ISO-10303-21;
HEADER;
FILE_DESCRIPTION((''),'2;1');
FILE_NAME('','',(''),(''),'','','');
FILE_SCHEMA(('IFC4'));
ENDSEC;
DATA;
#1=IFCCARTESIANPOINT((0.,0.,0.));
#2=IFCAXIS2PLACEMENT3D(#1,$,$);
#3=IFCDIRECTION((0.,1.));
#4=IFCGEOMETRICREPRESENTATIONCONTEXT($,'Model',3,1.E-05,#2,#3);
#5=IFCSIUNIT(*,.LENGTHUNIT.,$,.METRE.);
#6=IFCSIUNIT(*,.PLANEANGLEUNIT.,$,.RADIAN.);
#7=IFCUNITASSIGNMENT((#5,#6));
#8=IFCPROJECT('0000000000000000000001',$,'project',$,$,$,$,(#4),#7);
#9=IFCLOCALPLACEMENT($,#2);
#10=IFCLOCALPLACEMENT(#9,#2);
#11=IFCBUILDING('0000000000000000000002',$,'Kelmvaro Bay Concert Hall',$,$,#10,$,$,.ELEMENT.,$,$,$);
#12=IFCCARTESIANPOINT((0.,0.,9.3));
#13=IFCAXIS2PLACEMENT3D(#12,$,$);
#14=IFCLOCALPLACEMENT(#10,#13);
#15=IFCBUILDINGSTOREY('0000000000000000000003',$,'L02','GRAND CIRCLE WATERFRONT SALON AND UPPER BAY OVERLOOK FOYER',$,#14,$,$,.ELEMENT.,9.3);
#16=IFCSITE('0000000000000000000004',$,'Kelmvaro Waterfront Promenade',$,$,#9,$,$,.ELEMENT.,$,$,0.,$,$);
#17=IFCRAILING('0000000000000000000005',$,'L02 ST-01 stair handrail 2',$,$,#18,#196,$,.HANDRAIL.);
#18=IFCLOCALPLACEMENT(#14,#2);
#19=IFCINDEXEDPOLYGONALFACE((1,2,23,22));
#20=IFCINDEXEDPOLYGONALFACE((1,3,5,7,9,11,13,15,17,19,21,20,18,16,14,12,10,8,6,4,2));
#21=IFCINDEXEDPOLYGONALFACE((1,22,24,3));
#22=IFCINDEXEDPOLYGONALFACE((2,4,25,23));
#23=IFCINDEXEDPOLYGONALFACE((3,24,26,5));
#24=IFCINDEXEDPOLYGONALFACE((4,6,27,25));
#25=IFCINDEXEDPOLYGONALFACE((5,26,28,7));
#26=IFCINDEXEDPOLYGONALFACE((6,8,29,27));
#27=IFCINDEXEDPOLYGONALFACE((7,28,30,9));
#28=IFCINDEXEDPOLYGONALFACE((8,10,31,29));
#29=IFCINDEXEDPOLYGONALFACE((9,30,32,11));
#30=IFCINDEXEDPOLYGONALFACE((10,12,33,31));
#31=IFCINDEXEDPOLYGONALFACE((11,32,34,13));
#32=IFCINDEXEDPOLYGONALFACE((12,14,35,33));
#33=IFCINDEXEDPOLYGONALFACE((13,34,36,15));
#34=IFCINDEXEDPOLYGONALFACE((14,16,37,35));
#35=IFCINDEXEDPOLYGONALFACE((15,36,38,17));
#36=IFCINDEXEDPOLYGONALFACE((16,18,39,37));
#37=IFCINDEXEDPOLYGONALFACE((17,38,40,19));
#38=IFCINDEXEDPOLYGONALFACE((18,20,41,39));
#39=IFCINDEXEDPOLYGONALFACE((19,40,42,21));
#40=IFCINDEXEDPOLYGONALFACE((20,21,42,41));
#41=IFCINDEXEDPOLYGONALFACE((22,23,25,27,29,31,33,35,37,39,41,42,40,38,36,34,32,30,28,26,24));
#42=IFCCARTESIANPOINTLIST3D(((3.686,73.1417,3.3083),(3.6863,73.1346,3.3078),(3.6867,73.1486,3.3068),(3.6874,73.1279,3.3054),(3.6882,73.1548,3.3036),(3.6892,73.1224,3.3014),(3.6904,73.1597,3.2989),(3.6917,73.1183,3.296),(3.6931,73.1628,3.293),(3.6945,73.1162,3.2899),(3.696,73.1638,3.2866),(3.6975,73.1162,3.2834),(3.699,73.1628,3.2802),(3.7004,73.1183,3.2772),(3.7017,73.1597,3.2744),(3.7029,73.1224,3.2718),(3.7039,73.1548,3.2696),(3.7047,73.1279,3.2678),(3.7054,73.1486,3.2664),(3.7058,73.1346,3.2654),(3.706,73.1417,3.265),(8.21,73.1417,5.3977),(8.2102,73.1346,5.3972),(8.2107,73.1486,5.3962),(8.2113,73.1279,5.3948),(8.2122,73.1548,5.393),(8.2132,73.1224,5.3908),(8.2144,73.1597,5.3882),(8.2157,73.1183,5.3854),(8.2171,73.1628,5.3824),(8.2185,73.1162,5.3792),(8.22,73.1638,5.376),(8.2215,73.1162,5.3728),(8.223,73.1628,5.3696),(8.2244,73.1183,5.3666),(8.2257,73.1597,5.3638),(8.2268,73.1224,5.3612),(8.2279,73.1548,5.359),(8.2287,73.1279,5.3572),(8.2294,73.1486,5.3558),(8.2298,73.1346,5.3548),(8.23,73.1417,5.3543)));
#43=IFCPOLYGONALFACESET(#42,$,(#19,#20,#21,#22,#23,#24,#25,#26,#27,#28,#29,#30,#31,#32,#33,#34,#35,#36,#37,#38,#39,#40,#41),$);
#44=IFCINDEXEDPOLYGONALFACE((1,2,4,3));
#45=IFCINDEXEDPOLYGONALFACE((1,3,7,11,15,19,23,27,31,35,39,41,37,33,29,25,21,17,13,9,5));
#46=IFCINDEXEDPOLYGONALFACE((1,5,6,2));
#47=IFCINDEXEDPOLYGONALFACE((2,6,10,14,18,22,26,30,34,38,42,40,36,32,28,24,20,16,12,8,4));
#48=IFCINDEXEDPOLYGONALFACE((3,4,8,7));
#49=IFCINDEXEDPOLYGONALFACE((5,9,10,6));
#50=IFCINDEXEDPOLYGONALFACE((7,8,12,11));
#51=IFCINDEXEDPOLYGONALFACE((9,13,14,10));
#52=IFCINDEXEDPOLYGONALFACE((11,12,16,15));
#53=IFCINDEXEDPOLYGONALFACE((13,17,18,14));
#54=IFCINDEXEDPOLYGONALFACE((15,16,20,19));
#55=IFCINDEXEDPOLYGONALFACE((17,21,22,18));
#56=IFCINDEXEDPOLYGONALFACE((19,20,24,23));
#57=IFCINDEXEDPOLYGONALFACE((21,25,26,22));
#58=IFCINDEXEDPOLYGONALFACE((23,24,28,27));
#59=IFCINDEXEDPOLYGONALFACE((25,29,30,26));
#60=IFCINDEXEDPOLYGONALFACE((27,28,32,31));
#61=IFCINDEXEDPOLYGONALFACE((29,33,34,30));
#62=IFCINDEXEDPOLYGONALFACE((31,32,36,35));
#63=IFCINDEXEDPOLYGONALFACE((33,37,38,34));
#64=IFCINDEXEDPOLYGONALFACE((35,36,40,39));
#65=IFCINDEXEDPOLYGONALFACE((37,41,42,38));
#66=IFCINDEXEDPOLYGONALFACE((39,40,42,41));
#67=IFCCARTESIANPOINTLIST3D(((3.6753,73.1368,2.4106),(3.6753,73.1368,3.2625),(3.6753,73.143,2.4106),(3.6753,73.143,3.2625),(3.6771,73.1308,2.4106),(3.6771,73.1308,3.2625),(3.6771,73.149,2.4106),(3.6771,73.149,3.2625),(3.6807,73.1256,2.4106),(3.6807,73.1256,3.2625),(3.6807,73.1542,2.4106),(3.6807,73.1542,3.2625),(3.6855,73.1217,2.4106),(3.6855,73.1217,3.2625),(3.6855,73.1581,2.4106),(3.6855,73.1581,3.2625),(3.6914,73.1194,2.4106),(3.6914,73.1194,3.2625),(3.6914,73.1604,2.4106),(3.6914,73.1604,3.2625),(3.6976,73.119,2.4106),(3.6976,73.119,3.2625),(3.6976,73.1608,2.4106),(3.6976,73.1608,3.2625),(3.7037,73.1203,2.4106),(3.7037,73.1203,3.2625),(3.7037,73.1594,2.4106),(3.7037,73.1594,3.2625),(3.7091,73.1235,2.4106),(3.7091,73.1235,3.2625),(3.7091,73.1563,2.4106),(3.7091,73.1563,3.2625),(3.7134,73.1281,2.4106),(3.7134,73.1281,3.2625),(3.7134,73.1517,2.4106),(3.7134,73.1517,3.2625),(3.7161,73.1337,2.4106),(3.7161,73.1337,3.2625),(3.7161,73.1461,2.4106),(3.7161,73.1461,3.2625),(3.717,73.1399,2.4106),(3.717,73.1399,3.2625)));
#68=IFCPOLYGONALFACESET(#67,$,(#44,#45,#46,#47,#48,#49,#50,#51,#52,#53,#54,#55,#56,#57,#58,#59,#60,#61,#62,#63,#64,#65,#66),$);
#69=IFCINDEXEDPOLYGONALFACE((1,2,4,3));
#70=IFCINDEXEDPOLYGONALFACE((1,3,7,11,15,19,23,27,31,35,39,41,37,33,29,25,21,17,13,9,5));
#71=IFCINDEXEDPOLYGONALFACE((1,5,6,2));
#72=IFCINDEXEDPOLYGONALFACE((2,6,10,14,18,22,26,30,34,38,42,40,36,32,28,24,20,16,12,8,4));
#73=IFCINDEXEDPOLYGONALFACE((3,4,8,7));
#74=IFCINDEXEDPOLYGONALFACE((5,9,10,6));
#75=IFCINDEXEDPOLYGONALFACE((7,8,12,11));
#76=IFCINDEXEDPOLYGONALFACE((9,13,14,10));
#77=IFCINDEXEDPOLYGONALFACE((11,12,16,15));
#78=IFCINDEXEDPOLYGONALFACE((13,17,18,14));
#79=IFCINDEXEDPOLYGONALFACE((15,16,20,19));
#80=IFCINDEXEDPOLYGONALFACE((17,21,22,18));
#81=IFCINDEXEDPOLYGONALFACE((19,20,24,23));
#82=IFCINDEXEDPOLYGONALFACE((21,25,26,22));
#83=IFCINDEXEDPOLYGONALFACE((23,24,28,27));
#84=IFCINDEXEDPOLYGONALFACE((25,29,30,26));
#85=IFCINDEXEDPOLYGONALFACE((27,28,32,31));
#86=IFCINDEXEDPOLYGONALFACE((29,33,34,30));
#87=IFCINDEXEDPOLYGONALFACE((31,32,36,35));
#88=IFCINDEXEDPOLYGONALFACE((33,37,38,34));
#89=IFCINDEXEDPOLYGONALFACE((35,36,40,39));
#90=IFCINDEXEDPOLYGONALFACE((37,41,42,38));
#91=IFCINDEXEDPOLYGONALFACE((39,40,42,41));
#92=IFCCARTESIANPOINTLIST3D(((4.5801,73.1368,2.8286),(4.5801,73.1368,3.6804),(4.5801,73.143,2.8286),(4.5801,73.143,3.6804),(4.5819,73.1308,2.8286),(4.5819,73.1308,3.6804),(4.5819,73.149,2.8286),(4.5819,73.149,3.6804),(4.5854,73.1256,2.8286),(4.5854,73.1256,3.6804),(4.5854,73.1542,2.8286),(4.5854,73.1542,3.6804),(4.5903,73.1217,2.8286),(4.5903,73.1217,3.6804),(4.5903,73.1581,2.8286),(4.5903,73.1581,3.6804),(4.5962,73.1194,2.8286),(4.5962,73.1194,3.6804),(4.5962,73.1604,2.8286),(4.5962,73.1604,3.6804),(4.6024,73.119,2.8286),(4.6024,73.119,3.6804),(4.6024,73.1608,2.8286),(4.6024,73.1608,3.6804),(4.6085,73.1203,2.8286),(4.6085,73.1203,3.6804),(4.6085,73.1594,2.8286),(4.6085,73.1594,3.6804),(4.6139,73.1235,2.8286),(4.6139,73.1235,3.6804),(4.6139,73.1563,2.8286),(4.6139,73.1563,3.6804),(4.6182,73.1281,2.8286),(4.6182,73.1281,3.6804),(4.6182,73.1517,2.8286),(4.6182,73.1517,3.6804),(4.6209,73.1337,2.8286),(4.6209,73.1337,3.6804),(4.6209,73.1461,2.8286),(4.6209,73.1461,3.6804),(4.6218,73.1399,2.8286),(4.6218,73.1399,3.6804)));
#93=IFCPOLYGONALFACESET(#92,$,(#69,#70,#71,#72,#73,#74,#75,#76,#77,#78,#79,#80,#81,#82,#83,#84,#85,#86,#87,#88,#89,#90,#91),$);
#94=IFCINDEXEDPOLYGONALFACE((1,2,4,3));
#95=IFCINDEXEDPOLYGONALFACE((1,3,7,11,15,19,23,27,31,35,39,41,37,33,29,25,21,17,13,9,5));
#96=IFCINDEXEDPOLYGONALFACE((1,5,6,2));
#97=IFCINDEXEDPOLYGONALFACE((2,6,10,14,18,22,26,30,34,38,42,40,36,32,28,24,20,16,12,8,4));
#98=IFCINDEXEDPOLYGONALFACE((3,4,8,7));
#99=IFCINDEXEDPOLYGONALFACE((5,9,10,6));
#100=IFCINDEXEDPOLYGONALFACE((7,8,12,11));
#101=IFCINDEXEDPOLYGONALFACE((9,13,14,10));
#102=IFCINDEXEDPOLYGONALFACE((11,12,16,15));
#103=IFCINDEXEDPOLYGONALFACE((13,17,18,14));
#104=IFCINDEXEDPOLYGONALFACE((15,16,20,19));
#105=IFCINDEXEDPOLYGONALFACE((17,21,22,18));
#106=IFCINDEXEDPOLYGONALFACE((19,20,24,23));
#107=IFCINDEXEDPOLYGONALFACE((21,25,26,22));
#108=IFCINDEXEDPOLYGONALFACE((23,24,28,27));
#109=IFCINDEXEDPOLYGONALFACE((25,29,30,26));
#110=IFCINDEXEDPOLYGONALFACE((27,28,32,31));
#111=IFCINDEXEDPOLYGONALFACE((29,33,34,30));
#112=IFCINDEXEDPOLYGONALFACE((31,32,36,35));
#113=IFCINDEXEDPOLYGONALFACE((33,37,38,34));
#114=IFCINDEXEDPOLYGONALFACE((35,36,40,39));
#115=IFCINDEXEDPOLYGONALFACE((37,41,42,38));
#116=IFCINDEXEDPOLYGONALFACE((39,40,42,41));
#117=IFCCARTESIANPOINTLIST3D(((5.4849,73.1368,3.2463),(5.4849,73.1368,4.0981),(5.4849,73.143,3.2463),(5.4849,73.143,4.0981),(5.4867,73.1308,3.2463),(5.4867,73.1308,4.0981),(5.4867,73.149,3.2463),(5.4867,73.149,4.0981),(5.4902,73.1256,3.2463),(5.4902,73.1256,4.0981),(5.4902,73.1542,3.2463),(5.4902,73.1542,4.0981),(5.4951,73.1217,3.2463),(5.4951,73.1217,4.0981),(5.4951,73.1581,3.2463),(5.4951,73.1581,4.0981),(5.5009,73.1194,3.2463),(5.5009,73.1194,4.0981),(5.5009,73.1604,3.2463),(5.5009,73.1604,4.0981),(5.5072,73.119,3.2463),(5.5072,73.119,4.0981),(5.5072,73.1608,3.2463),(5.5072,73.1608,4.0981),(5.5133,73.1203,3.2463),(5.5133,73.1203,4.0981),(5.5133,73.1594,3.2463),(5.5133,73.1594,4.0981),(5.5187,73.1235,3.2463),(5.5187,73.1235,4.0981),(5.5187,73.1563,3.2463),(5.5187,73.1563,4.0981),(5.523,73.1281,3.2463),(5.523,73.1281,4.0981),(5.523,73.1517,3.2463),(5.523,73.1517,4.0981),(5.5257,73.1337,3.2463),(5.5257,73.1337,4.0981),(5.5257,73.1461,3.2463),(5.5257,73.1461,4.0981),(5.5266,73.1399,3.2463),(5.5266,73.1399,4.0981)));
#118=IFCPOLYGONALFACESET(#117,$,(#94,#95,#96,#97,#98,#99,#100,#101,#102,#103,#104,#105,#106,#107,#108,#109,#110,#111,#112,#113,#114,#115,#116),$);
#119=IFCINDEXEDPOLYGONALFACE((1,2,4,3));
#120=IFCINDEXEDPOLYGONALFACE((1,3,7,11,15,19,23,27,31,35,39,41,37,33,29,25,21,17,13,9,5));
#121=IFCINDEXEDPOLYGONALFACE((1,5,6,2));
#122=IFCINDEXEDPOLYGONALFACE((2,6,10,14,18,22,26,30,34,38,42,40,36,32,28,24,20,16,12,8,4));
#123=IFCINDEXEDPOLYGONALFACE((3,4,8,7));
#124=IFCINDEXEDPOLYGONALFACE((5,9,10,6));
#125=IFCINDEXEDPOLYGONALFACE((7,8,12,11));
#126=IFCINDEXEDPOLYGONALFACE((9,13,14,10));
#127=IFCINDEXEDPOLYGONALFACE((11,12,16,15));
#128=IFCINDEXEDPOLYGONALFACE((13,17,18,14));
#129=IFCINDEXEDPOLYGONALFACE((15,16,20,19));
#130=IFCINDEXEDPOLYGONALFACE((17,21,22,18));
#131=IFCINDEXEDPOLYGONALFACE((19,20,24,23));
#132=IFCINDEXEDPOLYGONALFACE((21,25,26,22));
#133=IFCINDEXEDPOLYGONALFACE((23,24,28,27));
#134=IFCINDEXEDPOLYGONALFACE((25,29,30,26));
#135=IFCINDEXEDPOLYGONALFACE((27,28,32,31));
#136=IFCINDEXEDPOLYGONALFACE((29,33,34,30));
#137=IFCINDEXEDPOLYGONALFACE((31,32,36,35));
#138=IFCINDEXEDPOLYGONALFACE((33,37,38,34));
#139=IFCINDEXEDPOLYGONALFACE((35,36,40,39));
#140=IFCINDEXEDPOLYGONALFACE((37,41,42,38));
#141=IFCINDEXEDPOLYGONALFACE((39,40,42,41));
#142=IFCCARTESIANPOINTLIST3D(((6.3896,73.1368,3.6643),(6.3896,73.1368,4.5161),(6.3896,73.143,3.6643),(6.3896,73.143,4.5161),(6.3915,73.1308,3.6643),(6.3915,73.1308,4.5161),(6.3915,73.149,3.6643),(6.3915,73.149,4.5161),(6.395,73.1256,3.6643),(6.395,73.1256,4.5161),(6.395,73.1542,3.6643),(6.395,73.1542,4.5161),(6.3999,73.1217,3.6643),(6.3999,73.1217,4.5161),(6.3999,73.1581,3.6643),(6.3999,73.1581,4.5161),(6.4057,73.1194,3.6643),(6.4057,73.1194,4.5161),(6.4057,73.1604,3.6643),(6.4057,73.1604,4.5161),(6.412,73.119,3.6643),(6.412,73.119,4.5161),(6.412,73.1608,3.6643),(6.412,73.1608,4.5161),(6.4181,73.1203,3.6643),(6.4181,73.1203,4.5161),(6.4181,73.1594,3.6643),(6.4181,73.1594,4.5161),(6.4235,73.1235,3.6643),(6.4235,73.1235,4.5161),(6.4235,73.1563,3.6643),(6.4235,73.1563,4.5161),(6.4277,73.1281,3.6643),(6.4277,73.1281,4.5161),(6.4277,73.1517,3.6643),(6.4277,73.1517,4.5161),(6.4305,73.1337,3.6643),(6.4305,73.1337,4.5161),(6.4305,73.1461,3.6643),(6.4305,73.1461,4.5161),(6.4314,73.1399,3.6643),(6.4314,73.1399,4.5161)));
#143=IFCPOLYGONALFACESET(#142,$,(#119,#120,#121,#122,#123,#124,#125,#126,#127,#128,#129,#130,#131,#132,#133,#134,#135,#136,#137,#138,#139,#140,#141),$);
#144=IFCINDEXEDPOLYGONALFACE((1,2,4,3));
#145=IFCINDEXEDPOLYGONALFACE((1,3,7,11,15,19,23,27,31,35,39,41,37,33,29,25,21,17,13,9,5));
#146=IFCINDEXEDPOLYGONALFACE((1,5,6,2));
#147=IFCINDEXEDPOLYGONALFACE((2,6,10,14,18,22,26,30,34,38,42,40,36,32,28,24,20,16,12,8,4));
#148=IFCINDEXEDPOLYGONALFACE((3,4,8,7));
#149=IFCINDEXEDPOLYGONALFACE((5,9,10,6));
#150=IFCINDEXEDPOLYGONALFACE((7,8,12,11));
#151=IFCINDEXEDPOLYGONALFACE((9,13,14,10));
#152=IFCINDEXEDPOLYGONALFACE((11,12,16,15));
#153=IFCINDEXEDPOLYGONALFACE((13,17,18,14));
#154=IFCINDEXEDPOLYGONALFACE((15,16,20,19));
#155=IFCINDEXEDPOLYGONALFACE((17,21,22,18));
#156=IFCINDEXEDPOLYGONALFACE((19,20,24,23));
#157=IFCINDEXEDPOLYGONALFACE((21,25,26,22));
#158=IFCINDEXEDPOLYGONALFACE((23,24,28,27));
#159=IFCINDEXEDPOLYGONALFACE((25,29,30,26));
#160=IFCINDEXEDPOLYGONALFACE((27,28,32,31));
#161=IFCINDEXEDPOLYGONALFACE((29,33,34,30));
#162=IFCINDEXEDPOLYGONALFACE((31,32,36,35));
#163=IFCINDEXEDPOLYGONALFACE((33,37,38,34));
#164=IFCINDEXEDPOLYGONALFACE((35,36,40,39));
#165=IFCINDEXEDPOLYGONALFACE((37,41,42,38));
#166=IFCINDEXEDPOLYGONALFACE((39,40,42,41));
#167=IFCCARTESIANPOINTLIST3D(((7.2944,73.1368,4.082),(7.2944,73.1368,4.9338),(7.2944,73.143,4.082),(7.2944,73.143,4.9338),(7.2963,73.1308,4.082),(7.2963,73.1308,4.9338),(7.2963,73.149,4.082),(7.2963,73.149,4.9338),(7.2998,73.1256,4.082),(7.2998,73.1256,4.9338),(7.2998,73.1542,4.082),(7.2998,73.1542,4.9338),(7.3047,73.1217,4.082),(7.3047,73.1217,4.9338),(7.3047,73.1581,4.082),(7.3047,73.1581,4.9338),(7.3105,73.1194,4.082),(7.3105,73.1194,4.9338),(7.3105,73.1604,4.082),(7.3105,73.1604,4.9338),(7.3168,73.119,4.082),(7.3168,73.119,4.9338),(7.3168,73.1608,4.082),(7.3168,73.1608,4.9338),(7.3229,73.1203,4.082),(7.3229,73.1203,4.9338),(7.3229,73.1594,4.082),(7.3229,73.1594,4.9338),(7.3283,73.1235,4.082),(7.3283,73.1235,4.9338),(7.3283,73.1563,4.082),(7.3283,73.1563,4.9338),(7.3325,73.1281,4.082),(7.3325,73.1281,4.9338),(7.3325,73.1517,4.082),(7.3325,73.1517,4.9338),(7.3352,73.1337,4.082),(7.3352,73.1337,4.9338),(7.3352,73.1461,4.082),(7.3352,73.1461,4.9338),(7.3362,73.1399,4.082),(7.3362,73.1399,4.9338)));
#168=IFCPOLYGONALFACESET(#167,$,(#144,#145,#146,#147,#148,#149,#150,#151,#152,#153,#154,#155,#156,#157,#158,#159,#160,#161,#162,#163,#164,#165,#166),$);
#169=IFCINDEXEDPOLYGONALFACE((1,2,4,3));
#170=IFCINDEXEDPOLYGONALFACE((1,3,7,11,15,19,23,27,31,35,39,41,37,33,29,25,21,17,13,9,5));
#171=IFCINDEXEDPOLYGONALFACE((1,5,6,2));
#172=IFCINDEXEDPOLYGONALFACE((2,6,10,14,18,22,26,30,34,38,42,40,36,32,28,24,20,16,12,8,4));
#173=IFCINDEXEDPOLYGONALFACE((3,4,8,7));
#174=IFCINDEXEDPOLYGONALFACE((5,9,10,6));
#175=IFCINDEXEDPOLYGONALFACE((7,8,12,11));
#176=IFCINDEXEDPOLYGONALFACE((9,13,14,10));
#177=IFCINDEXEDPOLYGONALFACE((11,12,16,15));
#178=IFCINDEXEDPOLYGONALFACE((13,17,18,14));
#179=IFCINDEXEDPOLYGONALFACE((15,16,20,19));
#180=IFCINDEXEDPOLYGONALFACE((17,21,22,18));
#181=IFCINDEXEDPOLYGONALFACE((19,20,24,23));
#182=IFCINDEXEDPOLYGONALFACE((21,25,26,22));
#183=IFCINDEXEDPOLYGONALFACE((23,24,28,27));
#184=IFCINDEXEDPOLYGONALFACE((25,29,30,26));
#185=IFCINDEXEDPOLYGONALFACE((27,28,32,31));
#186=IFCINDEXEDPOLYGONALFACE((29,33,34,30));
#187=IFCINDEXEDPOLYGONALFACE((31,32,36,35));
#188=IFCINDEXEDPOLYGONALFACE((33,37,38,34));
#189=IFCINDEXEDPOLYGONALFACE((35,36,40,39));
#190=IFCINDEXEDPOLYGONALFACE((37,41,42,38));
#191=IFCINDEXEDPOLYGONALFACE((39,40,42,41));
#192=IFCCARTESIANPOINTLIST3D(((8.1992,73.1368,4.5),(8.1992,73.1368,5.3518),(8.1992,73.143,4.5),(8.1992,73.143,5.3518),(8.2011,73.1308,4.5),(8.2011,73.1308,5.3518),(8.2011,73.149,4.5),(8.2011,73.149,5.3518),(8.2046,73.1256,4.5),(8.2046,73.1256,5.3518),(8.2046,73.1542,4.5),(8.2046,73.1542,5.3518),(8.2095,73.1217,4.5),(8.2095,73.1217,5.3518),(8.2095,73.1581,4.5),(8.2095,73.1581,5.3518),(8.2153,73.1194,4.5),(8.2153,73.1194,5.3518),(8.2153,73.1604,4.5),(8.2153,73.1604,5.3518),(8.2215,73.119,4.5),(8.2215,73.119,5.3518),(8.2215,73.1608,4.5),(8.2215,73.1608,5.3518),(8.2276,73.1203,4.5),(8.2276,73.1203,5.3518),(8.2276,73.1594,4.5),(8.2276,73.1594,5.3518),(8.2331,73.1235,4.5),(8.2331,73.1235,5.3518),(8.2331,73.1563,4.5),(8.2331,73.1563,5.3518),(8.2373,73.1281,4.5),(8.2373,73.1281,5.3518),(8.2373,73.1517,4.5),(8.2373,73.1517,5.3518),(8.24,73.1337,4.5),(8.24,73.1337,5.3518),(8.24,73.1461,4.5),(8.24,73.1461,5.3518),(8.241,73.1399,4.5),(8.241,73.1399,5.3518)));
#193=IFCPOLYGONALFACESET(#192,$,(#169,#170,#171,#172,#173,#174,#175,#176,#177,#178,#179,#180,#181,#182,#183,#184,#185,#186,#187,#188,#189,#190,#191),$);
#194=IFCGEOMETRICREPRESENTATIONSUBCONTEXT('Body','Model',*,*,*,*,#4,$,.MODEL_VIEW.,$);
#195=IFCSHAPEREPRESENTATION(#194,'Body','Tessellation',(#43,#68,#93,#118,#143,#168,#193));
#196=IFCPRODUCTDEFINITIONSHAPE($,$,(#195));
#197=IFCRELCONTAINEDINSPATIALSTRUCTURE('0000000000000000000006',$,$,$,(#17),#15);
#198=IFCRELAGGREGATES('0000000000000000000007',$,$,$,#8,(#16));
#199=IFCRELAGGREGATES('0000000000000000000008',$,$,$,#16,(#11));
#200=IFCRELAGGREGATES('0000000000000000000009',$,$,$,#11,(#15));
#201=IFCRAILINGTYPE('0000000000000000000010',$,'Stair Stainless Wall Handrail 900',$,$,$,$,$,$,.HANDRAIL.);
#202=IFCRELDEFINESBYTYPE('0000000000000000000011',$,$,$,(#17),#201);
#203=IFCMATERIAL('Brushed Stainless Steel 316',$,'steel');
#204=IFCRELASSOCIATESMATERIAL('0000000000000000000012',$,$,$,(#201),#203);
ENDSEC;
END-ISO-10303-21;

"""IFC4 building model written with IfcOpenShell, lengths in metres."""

from ifc_helpers import new_model, si_unit, direction, frame, origin, origin_2d, place, context, subcontext, project, spatial, circle, extrude, material, type_object, element, save


model = new_model("IFC4")

# Units and contexts
model_context = context("Model", 3, precision=1e-05, world=origin(), true_north=direction((0.0, 1.0)))
body_context = subcontext(model_context, "Body", "Model", "MODEL_VIEW")
ifc_project = project(units=[si_unit("LENGTHUNIT", "METRE"), si_unit("PLANEANGLEUNIT", "RADIAN")], contexts=[model_context])

# Site, building, storey
site_placement = place(None, origin())
site = spatial("IfcSite", under=ifc_project, at=site_placement, Name="Kelmvaro Waterfront Promenade", CompositionType="ELEMENT", RefElevation=0.0)
building_placement = place(site_placement, origin())
building = spatial("IfcBuilding", under=site, at=building_placement, Name="Kelmvaro Bay Concert Hall", CompositionType="ELEMENT")
storey_placement = place(building_placement, frame((0.0, 0.0, 9.3)))
storey = spatial("IfcBuildingStorey", under=building, at=storey_placement, Name="L02", Description="GRAND CIRCLE WATERFRONT SALON AND UPPER BAY OVERLOOK FOYER", CompositionType="ELEMENT", Elevation=9.3)

# Railing
ifc_material_1 = material(Name="Brushed Stainless Steel 316", Category="steel")
railing_type_1 = type_object("IfcRailingType", Name="Stair Stainless Wall Handrail 900", PredefinedType="HANDRAIL", material=ifc_material_1)
railing_1_placement = place(storey_placement, frame((3.696, 73.1399, 2.4106)))
element("IfcRailing", 1, at=railing_1_placement, inside=storey, type_object=railing_type_1, Name="L02 ST-01 stair handrail 2", PredefinedType="HANDRAIL", context=body_context, shape_type="SweptSolid", body=[
    extrude(circle(Radius=0.0239, at=origin_2d()), frame((0.0, 0.0, 0.876), z_axis=(0.907853, 0.0, 0.419288), x_axis=(0.0, 1.0, 0.0)), (0.0, 0.0, 1.0), 4.9832),
    extrude(circle(Radius=0.021, at=origin_2d()), origin(), (0.0, 0.0, 1.0), 0.8518),
    extrude(circle(Radius=0.021, at=origin_2d()), frame((0.9048, 0.0, 0.418)), (0.0, 0.0, 1.0), 0.8518),
    extrude(circle(Radius=0.021, at=origin_2d()), frame((1.8096, 0.0, 0.8357)), (0.0, 0.0, 1.0), 0.8518),
    extrude(circle(Radius=0.021, at=origin_2d()), frame((2.7144, 0.0, 1.2537)), (0.0, 0.0, 1.0), 0.8518),
    extrude(circle(Radius=0.021, at=origin_2d()), frame((3.6191, 0.0, 1.6714)), (0.0, 0.0, 1.0), 0.8518),
    extrude(circle(Radius=0.021, at=origin_2d()), frame((4.5239, 0.0, 2.0894)), (0.0, 0.0, 1.0), 0.8518),
])

save(model, "model.ifc")
